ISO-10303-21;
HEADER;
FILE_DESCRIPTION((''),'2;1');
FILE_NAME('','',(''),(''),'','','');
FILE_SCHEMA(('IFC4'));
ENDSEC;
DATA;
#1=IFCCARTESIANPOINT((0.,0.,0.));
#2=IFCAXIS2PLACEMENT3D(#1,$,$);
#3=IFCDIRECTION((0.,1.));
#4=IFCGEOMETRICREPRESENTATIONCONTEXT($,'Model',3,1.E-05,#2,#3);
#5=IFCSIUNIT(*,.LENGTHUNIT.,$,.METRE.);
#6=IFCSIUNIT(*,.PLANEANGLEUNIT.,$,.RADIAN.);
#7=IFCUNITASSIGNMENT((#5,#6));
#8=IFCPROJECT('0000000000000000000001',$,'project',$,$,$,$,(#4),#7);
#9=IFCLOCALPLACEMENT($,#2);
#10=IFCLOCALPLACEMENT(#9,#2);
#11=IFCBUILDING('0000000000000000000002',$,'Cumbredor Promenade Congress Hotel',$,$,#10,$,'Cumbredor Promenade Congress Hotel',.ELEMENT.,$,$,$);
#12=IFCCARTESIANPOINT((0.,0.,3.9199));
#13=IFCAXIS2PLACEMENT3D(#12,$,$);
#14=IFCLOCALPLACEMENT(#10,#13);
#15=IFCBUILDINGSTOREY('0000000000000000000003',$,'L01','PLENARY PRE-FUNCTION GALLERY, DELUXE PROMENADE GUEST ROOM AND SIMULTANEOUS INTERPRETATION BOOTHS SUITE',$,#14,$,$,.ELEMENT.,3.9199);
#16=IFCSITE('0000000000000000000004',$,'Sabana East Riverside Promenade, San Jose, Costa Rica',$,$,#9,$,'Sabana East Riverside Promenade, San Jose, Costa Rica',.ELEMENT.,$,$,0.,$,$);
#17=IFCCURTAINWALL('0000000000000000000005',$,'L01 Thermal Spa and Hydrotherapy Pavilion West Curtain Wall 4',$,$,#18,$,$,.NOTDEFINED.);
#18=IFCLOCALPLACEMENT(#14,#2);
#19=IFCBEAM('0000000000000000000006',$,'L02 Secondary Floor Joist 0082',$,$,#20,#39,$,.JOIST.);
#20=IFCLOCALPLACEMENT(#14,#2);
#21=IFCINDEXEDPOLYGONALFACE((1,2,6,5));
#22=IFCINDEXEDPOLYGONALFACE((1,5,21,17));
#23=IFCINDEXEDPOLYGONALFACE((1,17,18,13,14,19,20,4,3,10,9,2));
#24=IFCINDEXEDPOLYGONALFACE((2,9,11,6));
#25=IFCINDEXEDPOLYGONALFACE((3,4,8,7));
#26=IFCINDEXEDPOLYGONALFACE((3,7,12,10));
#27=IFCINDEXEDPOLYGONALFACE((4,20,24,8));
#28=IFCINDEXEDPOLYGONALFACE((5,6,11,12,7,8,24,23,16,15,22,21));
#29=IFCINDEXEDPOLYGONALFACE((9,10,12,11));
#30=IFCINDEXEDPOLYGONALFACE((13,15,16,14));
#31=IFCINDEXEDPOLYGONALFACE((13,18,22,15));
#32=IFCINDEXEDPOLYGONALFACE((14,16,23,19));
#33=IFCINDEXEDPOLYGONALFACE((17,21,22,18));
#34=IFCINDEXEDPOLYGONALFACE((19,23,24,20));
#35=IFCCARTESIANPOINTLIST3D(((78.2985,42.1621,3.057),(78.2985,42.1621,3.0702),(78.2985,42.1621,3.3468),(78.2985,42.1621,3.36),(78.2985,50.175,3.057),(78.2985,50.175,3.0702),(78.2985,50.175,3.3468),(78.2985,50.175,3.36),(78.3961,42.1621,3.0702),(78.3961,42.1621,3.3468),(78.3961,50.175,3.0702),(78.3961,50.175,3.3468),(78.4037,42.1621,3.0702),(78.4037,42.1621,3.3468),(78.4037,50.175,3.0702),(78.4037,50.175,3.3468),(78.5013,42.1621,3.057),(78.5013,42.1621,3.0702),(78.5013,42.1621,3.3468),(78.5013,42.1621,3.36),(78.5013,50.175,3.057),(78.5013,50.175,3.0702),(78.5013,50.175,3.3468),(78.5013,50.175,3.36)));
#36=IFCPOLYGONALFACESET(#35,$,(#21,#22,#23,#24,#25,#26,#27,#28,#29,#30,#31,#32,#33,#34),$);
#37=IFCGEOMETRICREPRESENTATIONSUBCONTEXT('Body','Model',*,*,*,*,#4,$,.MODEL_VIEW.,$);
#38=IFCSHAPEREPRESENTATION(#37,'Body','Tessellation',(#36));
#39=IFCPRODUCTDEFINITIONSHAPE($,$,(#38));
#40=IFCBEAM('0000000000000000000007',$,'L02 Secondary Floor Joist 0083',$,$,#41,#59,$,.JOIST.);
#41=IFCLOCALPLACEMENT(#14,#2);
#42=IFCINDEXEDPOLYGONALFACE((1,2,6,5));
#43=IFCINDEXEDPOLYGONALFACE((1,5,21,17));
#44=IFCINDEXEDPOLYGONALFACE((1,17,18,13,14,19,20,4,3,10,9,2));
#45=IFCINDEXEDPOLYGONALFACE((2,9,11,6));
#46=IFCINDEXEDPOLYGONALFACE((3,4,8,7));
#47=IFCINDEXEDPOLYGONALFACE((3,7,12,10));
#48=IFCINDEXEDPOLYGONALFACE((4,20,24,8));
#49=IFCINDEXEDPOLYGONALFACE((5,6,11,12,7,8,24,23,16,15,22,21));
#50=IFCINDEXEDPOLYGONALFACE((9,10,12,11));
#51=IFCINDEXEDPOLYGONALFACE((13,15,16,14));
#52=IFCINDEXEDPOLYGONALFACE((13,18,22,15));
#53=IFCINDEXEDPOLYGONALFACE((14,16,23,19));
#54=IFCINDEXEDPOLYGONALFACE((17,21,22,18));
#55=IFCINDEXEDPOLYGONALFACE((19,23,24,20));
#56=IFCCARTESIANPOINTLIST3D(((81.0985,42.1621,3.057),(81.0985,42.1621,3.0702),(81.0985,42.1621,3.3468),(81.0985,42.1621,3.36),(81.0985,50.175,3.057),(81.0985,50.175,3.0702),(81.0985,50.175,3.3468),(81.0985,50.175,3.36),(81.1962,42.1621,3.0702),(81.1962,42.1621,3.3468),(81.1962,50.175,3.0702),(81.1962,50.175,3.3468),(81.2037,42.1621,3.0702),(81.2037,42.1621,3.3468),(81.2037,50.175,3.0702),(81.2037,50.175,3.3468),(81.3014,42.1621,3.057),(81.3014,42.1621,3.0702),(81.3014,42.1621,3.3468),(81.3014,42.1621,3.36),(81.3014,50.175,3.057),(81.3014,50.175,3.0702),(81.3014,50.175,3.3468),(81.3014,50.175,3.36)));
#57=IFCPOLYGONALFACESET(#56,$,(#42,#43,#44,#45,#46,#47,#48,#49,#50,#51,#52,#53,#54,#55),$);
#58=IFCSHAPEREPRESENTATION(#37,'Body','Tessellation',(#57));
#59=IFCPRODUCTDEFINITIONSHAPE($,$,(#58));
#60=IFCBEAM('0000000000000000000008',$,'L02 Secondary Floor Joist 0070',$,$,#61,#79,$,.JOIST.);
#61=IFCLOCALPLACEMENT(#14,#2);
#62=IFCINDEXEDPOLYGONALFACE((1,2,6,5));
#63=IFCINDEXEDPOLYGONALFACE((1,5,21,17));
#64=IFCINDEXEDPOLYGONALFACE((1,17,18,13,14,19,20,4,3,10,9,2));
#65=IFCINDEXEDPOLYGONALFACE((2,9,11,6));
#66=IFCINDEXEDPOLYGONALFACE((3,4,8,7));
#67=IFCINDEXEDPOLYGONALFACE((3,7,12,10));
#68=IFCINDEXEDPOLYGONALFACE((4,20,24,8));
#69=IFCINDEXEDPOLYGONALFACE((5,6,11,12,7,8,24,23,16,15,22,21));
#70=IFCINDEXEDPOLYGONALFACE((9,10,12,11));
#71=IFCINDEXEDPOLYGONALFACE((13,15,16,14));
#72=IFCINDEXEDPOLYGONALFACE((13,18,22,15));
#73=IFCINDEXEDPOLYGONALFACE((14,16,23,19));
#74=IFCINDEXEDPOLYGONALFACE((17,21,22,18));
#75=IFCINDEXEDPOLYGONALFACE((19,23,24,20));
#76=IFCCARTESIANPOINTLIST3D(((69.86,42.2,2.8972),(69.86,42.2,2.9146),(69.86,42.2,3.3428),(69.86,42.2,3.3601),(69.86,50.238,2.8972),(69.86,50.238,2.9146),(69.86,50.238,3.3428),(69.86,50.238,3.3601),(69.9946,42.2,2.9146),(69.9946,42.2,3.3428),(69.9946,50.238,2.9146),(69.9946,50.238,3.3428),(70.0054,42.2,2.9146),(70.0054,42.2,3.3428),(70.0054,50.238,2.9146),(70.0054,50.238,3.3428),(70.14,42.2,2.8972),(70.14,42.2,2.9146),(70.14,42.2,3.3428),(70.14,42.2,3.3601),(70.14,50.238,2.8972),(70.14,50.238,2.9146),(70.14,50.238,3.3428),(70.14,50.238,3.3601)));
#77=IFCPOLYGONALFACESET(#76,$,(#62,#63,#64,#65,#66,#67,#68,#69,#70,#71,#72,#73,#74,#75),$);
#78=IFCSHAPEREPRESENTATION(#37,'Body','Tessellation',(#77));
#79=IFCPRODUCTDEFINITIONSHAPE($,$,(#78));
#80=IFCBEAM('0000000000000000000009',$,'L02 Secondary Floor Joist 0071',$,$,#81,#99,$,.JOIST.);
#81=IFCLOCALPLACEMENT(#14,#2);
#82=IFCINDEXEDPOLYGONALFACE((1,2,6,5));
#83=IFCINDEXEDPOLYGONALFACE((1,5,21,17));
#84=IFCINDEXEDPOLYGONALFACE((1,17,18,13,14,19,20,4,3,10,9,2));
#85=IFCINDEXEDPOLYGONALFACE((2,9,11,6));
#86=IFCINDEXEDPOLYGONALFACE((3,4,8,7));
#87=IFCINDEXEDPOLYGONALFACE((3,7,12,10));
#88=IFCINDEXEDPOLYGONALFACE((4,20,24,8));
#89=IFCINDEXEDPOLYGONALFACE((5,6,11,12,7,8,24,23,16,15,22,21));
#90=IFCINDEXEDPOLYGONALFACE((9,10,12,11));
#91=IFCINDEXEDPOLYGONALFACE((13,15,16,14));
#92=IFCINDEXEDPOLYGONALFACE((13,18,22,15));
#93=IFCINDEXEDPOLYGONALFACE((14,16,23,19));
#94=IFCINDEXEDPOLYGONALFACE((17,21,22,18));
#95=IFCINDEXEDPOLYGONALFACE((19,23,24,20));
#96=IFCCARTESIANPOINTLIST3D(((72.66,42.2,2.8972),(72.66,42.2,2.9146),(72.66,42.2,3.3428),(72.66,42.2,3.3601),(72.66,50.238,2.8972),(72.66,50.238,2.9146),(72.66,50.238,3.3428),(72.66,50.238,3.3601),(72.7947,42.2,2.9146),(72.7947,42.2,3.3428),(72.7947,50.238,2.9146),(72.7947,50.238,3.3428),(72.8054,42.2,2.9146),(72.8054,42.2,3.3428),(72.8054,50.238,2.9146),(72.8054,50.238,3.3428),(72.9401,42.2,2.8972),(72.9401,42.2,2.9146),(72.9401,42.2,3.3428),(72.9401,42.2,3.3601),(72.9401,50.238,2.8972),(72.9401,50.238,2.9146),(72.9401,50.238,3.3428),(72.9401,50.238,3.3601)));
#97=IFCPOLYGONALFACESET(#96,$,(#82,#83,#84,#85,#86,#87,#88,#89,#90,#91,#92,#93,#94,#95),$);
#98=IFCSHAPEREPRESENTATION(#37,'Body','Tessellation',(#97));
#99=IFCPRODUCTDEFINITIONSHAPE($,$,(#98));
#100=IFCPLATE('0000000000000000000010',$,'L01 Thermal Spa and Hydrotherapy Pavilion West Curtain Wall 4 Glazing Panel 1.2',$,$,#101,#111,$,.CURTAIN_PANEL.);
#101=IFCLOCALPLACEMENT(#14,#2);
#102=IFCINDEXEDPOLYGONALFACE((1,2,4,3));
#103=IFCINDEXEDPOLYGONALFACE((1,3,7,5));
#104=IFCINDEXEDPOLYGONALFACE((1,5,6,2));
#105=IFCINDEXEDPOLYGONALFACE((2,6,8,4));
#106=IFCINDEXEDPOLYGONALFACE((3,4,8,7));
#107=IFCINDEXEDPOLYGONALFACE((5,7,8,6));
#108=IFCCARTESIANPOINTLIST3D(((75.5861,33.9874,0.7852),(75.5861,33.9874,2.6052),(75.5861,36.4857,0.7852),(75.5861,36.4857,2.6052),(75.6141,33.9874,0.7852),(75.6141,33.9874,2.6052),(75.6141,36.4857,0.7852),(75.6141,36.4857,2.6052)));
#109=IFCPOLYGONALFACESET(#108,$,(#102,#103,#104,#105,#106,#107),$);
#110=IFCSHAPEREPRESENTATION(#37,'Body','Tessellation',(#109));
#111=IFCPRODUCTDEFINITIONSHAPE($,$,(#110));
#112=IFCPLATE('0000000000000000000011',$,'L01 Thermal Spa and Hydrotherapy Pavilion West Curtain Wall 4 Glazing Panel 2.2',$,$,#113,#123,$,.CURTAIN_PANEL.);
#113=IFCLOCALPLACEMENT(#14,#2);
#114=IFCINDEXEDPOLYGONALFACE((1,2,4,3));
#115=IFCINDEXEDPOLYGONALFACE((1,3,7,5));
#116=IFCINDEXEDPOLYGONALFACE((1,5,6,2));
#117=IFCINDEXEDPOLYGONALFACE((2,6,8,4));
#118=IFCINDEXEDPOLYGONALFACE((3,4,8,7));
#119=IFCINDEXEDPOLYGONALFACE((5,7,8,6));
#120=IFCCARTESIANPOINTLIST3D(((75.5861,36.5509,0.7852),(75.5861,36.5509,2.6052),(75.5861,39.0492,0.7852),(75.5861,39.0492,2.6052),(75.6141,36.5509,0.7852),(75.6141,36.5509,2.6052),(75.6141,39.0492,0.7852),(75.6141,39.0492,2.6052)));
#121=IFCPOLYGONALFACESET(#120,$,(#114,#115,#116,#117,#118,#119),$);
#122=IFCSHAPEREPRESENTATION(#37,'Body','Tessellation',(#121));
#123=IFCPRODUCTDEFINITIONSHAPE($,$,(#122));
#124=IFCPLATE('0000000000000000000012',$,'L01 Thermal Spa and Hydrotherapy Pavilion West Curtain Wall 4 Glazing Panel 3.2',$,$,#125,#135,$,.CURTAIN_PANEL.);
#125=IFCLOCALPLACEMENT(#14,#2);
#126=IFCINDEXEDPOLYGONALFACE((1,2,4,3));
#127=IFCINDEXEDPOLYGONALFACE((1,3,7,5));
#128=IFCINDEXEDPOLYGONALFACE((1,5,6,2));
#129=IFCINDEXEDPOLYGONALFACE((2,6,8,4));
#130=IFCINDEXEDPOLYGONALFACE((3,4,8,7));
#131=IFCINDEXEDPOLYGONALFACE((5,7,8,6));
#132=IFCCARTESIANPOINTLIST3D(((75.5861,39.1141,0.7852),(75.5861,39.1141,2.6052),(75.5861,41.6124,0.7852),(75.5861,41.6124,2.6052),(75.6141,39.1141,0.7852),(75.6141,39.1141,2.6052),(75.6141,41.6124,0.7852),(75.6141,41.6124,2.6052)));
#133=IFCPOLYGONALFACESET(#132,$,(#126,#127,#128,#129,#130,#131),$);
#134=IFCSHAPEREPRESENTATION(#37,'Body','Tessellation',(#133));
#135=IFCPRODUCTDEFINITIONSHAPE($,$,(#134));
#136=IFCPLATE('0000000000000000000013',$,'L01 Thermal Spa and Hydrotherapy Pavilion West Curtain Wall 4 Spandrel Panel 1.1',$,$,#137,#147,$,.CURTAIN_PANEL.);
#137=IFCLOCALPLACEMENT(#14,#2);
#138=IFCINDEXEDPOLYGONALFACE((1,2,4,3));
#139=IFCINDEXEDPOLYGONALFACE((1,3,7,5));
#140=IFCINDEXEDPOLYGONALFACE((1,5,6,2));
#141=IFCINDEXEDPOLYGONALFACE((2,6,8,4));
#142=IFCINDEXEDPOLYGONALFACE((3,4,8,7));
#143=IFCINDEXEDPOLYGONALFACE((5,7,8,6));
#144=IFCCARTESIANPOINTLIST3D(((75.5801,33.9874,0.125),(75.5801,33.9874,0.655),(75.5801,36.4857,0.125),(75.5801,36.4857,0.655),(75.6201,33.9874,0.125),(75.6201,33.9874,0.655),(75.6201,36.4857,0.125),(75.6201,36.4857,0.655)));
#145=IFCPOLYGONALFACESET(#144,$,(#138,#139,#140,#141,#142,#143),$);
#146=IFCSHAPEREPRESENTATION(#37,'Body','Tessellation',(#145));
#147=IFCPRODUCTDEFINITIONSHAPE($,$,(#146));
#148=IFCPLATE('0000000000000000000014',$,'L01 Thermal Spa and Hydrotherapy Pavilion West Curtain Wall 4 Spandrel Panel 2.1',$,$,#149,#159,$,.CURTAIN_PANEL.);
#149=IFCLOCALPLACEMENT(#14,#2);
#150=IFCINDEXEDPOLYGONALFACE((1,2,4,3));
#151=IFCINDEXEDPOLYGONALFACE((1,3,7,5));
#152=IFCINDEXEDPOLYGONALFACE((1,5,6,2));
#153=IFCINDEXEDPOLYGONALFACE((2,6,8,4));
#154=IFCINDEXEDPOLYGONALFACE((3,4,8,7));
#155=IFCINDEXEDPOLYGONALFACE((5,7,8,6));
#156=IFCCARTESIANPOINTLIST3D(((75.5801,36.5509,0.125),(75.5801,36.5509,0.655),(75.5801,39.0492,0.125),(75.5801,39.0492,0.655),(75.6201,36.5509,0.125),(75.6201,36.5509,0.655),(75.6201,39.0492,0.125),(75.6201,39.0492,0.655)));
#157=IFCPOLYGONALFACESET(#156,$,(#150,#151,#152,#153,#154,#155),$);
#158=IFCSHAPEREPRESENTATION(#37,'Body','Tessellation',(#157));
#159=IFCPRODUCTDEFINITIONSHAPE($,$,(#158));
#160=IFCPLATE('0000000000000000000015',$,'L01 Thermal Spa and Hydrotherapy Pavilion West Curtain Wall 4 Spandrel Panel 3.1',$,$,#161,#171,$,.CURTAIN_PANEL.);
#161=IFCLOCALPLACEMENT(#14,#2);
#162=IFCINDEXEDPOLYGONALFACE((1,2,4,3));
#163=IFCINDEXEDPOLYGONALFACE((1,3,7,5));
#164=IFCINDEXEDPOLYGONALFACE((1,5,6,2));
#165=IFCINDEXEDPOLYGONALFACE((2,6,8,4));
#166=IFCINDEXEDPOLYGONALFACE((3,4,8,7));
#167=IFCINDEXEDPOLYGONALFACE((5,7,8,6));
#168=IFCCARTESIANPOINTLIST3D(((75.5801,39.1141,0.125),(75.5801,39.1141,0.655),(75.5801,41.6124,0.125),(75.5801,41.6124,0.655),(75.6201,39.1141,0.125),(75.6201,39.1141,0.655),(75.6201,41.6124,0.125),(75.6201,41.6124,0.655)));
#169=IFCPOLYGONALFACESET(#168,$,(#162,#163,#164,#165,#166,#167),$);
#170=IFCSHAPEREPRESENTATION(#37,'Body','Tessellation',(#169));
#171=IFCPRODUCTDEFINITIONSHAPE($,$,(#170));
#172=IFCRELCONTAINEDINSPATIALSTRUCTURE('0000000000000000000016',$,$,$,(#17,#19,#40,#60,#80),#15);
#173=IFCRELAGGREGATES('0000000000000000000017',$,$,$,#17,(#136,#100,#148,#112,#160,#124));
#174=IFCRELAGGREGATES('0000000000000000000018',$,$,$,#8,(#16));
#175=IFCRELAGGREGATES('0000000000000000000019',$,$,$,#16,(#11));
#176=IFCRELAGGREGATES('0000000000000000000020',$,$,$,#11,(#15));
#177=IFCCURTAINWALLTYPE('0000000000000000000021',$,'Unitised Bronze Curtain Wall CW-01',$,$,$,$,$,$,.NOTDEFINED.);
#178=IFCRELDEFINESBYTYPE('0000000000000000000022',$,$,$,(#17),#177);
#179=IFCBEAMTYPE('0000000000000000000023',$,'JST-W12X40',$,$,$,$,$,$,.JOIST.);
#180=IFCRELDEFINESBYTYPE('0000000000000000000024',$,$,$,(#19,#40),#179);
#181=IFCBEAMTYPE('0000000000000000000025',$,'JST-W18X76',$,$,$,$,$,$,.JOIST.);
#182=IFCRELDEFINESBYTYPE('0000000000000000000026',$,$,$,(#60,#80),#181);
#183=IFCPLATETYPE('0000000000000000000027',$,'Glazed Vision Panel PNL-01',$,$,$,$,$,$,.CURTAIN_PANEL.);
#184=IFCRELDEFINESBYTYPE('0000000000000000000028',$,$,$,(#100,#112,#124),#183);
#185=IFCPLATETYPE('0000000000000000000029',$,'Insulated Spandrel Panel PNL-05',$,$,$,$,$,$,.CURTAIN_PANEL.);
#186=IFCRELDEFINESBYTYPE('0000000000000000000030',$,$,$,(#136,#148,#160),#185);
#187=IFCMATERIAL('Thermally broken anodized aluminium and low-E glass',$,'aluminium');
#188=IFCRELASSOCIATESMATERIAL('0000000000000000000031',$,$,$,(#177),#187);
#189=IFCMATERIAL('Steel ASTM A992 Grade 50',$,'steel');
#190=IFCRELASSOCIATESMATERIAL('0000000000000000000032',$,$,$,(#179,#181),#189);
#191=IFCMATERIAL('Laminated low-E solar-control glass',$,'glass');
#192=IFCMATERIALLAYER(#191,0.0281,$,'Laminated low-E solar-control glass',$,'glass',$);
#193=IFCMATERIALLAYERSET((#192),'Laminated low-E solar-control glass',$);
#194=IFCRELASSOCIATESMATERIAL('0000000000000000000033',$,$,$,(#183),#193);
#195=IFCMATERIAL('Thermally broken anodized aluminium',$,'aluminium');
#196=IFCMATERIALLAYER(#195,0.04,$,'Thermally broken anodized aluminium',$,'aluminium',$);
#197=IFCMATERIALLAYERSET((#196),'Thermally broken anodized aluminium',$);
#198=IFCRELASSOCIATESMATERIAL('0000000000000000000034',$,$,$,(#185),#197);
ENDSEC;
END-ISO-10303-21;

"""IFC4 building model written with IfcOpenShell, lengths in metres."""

from ifc_helpers import new_model, si_unit, direction, frame, origin, origin_2d, place, context, subcontext, project, spatial, rectangle, i_section, extrude, material, layer, layer_set, material_profile, profile_set, type_object, element, aggregate, save


model = new_model("IFC4")

# Units and contexts
model_context = context("Model", 3, precision=1e-05, world=origin(), true_north=direction((0.0, 1.0)))
body_context = subcontext(model_context, "Body", "Model", "MODEL_VIEW")
ifc_project = project(units=[si_unit("LENGTHUNIT", "METRE"), si_unit("PLANEANGLEUNIT", "RADIAN")], contexts=[model_context])

# Site, building, storey
site_placement = place(None, origin())
site = spatial("IfcSite", under=ifc_project, at=site_placement, Name="Sabana East Riverside Promenade, San Jose, Costa Rica", LongName="Sabana East Riverside Promenade, San Jose, Costa Rica", CompositionType="ELEMENT", RefElevation=0.0)
building_placement = place(site_placement, origin())
building = spatial("IfcBuilding", under=site, at=building_placement, Name="Cumbredor Promenade Congress Hotel", LongName="Cumbredor Promenade Congress Hotel", CompositionType="ELEMENT")
storey_placement = place(building_placement, frame((0.0, 0.0, 3.9199)))
storey = spatial("IfcBuildingStorey", under=building, at=storey_placement, Name="L01", Description="PLENARY PRE-FUNCTION GALLERY, DELUXE PROMENADE GUEST ROOM AND SIMULTANEOUS INTERPRETATION BOOTHS SUITE", CompositionType="ELEMENT", Elevation=3.9199)

# Shared definitions
ifc_material_1 = material(Name="Steel ASTM A992 Grade 50", Category="steel")

# Curtain wall
ifc_material_2 = material(Name="Thermally broken anodized aluminium and low-E glass", Category="aluminium")
curtain_wall_type = type_object("IfcCurtainWallType", Name="Unitised Bronze Curtain Wall CW-01", PredefinedType="NOTDEFINED", material=ifc_material_2)
curtain_wall_placement = place(storey_placement, origin())
curtain_wall = element("IfcCurtainWall", 1, at=curtain_wall_placement, inside=storey, type_object=curtain_wall_type, Name="L01 Thermal Spa and Hydrotherapy Pavilion West Curtain Wall 4", PredefinedType="NOTDEFINED")
ifc_material_3 = material(Name="Thermally broken anodized aluminium", Category="aluminium")

# Beams
ifc_material_profile_1 = material_profile(ifc_material_1, i_section(OverallWidth=0.2029, OverallDepth=0.303, WebThickness=0.0076, FlangeThickness=0.0132, at=origin_2d()), Name="W12X40")
ifc_profile_set_1 = profile_set([ifc_material_profile_1], Name="Steel ASTM A992 Grade 50")
beam_type_1 = type_object("IfcBeamType", Name="JST-W12X40", PredefinedType="JOIST", material=ifc_profile_set_1)
for number, where, z_axis, x_axis, name in (
    (2, (78.3999, 42.1621, 3.2085), (0.0, 1.0, 0.0), (-1.0, 0.0, 0.0), "L02 Secondary Floor Joist 0082"),
    (3, (81.2, 42.1621, 3.2085), (0.0, 1.0, 0.0), (-1.0, 0.0, 0.0), "L02 Secondary Floor Joist 0083"),
):
    element("IfcBeam", number, at=place(storey_placement, frame(where, z_axis=z_axis, x_axis=x_axis)), inside=storey, type_object=beam_type_1, Name=name, PredefinedType="JOIST", context=body_context, shape_type="SweptSolid", body=[
        extrude(i_section(OverallWidth=0.2029, OverallDepth=0.303, WebThickness=0.0076, FlangeThickness=0.0132, at=origin_2d()), origin(), (0.0, 0.0, 1.0), 8.0129),
    ])
ifc_material_profile_2 = material_profile(ifc_material_1, i_section(OverallWidth=0.28, OverallDepth=0.4629, WebThickness=0.0107, FlangeThickness=0.0173, at=origin_2d()), Name="W18X76")
ifc_profile_set_2 = profile_set([ifc_material_profile_2], Name="Steel ASTM A992 Grade 50")
beam_type_2 = type_object("IfcBeamType", Name="JST-W18X76", PredefinedType="JOIST", material=ifc_profile_set_2)
for number, where, z_axis, x_axis, name in (
    (4, (70.0, 42.2, 3.1287), (0.0, 1.0, 0.0), (-1.0, 0.0, 0.0), "L02 Secondary Floor Joist 0070"),
    (5, (72.8, 42.2, 3.1287), (0.0, 1.0, 0.0), (-1.0, 0.0, 0.0), "L02 Secondary Floor Joist 0071"),
):
    element("IfcBeam", number, at=place(storey_placement, frame(where, z_axis=z_axis, x_axis=x_axis)), inside=storey, type_object=beam_type_2, Name=name, PredefinedType="JOIST", context=body_context, shape_type="SweptSolid", body=[
        extrude(i_section(OverallWidth=0.28, OverallDepth=0.4629, WebThickness=0.0107, FlangeThickness=0.0173, at=origin_2d()), origin(), (0.0, 0.0, 1.0), 8.0381),
    ])

# Plates
ifc_material_4 = material(Name="Laminated low-E solar-control glass", Category="glass")
ifc_layer_1 = layer(ifc_material_4, 0.0281, Name="Laminated low-E solar-control glass", Category="glass")
ifc_layer_set_1 = layer_set([ifc_layer_1], Name="Laminated low-E solar-control glass")
plate_type_1 = type_object("IfcPlateType", Name="Glazed Vision Panel PNL-01", PredefinedType="CURTAIN_PANEL", material=ifc_layer_set_1)
plate_1_placement = place(storey_placement, frame((75.6001, 35.2366, 0.7852), z_axis=(0.0, 0.0, 1.0), x_axis=(0.0, 1.0, 0.0)))
plate_1 = element("IfcPlate", 6, at=plate_1_placement, type_object=plate_type_1, Name="L01 Thermal Spa and Hydrotherapy Pavilion West Curtain Wall 4 Glazing Panel 1.2", PredefinedType="CURTAIN_PANEL", context=body_context, shape_type="SweptSolid", body=[
    extrude(rectangle(XDim=2.4983, YDim=0.0281, at=origin_2d()), origin(), (0.0, 0.0, 1.0), 1.8201),
])
plate_2_placement = place(storey_placement, frame((75.6001, 37.8, 0.7852), z_axis=(0.0, 0.0, 1.0), x_axis=(0.0, 1.0, 0.0)))
plate_2 = element("IfcPlate", 7, at=plate_2_placement, type_object=plate_type_1, Name="L01 Thermal Spa and Hydrotherapy Pavilion West Curtain Wall 4 Glazing Panel 2.2", PredefinedType="CURTAIN_PANEL", context=body_context, shape_type="SweptSolid", body=[
    extrude(rectangle(XDim=2.4983, YDim=0.0281, at=origin_2d()), origin(), (0.0, 0.0, 1.0), 1.8201),
])
plate_3_placement = place(storey_placement, frame((75.6001, 40.3633, 0.7852), z_axis=(0.0, 0.0, 1.0), x_axis=(0.0, 1.0, 0.0)))
plate_3 = element("IfcPlate", 8, at=plate_3_placement, type_object=plate_type_1, Name="L01 Thermal Spa and Hydrotherapy Pavilion West Curtain Wall 4 Glazing Panel 3.2", PredefinedType="CURTAIN_PANEL", context=body_context, shape_type="SweptSolid", body=[
    extrude(rectangle(XDim=2.4983, YDim=0.0281, at=origin_2d()), origin(), (0.0, 0.0, 1.0), 1.8201),
])
ifc_layer_2 = layer(ifc_material_3, 0.04, Name="Thermally broken anodized aluminium", Category="aluminium")
ifc_layer_set_2 = layer_set([ifc_layer_2], Name="Thermally broken anodized aluminium")
plate_type_2 = type_object("IfcPlateType", Name="Insulated Spandrel Panel PNL-05", PredefinedType="CURTAIN_PANEL", material=ifc_layer_set_2)
plate_4_placement = place(storey_placement, frame((75.6001, 35.2366, 0.125), z_axis=(0.0, 0.0, 1.0), x_axis=(0.0, 1.0, 0.0)))
plate_4 = element("IfcPlate", 9, at=plate_4_placement, type_object=plate_type_2, Name="L01 Thermal Spa and Hydrotherapy Pavilion West Curtain Wall 4 Spandrel Panel 1.1", PredefinedType="CURTAIN_PANEL", context=body_context, shape_type="SweptSolid", body=[
    extrude(rectangle(XDim=2.4983, YDim=0.04, at=origin_2d()), origin(), (0.0, 0.0, 1.0), 0.53),
])
plate_5_placement = place(storey_placement, frame((75.6001, 37.8, 0.125), z_axis=(0.0, 0.0, 1.0), x_axis=(0.0, 1.0, 0.0)))
plate_5 = element("IfcPlate", 10, at=plate_5_placement, type_object=plate_type_2, Name="L01 Thermal Spa and Hydrotherapy Pavilion West Curtain Wall 4 Spandrel Panel 2.1", PredefinedType="CURTAIN_PANEL", context=body_context, shape_type="SweptSolid", body=[
    extrude(rectangle(XDim=2.4983, YDim=0.04, at=origin_2d()), origin(), (0.0, 0.0, 1.0), 0.53),
])
plate_6_placement = place(storey_placement, frame((75.6001, 40.3633, 0.125), z_axis=(0.0, 0.0, 1.0), x_axis=(0.0, 1.0, 0.0)))
plate_6 = element("IfcPlate", 11, at=plate_6_placement, type_object=plate_type_2, Name="L01 Thermal Spa and Hydrotherapy Pavilion West Curtain Wall 4 Spandrel Panel 3.1", PredefinedType="CURTAIN_PANEL", context=body_context, shape_type="SweptSolid", body=[
    extrude(rectangle(XDim=2.4983, YDim=0.04, at=origin_2d()), origin(), (0.0, 0.0, 1.0), 0.53),
])
aggregate(curtain_wall, [plate_4, plate_1, plate_5, plate_2, plate_6, plate_3])

save(model, "model.ifc")
